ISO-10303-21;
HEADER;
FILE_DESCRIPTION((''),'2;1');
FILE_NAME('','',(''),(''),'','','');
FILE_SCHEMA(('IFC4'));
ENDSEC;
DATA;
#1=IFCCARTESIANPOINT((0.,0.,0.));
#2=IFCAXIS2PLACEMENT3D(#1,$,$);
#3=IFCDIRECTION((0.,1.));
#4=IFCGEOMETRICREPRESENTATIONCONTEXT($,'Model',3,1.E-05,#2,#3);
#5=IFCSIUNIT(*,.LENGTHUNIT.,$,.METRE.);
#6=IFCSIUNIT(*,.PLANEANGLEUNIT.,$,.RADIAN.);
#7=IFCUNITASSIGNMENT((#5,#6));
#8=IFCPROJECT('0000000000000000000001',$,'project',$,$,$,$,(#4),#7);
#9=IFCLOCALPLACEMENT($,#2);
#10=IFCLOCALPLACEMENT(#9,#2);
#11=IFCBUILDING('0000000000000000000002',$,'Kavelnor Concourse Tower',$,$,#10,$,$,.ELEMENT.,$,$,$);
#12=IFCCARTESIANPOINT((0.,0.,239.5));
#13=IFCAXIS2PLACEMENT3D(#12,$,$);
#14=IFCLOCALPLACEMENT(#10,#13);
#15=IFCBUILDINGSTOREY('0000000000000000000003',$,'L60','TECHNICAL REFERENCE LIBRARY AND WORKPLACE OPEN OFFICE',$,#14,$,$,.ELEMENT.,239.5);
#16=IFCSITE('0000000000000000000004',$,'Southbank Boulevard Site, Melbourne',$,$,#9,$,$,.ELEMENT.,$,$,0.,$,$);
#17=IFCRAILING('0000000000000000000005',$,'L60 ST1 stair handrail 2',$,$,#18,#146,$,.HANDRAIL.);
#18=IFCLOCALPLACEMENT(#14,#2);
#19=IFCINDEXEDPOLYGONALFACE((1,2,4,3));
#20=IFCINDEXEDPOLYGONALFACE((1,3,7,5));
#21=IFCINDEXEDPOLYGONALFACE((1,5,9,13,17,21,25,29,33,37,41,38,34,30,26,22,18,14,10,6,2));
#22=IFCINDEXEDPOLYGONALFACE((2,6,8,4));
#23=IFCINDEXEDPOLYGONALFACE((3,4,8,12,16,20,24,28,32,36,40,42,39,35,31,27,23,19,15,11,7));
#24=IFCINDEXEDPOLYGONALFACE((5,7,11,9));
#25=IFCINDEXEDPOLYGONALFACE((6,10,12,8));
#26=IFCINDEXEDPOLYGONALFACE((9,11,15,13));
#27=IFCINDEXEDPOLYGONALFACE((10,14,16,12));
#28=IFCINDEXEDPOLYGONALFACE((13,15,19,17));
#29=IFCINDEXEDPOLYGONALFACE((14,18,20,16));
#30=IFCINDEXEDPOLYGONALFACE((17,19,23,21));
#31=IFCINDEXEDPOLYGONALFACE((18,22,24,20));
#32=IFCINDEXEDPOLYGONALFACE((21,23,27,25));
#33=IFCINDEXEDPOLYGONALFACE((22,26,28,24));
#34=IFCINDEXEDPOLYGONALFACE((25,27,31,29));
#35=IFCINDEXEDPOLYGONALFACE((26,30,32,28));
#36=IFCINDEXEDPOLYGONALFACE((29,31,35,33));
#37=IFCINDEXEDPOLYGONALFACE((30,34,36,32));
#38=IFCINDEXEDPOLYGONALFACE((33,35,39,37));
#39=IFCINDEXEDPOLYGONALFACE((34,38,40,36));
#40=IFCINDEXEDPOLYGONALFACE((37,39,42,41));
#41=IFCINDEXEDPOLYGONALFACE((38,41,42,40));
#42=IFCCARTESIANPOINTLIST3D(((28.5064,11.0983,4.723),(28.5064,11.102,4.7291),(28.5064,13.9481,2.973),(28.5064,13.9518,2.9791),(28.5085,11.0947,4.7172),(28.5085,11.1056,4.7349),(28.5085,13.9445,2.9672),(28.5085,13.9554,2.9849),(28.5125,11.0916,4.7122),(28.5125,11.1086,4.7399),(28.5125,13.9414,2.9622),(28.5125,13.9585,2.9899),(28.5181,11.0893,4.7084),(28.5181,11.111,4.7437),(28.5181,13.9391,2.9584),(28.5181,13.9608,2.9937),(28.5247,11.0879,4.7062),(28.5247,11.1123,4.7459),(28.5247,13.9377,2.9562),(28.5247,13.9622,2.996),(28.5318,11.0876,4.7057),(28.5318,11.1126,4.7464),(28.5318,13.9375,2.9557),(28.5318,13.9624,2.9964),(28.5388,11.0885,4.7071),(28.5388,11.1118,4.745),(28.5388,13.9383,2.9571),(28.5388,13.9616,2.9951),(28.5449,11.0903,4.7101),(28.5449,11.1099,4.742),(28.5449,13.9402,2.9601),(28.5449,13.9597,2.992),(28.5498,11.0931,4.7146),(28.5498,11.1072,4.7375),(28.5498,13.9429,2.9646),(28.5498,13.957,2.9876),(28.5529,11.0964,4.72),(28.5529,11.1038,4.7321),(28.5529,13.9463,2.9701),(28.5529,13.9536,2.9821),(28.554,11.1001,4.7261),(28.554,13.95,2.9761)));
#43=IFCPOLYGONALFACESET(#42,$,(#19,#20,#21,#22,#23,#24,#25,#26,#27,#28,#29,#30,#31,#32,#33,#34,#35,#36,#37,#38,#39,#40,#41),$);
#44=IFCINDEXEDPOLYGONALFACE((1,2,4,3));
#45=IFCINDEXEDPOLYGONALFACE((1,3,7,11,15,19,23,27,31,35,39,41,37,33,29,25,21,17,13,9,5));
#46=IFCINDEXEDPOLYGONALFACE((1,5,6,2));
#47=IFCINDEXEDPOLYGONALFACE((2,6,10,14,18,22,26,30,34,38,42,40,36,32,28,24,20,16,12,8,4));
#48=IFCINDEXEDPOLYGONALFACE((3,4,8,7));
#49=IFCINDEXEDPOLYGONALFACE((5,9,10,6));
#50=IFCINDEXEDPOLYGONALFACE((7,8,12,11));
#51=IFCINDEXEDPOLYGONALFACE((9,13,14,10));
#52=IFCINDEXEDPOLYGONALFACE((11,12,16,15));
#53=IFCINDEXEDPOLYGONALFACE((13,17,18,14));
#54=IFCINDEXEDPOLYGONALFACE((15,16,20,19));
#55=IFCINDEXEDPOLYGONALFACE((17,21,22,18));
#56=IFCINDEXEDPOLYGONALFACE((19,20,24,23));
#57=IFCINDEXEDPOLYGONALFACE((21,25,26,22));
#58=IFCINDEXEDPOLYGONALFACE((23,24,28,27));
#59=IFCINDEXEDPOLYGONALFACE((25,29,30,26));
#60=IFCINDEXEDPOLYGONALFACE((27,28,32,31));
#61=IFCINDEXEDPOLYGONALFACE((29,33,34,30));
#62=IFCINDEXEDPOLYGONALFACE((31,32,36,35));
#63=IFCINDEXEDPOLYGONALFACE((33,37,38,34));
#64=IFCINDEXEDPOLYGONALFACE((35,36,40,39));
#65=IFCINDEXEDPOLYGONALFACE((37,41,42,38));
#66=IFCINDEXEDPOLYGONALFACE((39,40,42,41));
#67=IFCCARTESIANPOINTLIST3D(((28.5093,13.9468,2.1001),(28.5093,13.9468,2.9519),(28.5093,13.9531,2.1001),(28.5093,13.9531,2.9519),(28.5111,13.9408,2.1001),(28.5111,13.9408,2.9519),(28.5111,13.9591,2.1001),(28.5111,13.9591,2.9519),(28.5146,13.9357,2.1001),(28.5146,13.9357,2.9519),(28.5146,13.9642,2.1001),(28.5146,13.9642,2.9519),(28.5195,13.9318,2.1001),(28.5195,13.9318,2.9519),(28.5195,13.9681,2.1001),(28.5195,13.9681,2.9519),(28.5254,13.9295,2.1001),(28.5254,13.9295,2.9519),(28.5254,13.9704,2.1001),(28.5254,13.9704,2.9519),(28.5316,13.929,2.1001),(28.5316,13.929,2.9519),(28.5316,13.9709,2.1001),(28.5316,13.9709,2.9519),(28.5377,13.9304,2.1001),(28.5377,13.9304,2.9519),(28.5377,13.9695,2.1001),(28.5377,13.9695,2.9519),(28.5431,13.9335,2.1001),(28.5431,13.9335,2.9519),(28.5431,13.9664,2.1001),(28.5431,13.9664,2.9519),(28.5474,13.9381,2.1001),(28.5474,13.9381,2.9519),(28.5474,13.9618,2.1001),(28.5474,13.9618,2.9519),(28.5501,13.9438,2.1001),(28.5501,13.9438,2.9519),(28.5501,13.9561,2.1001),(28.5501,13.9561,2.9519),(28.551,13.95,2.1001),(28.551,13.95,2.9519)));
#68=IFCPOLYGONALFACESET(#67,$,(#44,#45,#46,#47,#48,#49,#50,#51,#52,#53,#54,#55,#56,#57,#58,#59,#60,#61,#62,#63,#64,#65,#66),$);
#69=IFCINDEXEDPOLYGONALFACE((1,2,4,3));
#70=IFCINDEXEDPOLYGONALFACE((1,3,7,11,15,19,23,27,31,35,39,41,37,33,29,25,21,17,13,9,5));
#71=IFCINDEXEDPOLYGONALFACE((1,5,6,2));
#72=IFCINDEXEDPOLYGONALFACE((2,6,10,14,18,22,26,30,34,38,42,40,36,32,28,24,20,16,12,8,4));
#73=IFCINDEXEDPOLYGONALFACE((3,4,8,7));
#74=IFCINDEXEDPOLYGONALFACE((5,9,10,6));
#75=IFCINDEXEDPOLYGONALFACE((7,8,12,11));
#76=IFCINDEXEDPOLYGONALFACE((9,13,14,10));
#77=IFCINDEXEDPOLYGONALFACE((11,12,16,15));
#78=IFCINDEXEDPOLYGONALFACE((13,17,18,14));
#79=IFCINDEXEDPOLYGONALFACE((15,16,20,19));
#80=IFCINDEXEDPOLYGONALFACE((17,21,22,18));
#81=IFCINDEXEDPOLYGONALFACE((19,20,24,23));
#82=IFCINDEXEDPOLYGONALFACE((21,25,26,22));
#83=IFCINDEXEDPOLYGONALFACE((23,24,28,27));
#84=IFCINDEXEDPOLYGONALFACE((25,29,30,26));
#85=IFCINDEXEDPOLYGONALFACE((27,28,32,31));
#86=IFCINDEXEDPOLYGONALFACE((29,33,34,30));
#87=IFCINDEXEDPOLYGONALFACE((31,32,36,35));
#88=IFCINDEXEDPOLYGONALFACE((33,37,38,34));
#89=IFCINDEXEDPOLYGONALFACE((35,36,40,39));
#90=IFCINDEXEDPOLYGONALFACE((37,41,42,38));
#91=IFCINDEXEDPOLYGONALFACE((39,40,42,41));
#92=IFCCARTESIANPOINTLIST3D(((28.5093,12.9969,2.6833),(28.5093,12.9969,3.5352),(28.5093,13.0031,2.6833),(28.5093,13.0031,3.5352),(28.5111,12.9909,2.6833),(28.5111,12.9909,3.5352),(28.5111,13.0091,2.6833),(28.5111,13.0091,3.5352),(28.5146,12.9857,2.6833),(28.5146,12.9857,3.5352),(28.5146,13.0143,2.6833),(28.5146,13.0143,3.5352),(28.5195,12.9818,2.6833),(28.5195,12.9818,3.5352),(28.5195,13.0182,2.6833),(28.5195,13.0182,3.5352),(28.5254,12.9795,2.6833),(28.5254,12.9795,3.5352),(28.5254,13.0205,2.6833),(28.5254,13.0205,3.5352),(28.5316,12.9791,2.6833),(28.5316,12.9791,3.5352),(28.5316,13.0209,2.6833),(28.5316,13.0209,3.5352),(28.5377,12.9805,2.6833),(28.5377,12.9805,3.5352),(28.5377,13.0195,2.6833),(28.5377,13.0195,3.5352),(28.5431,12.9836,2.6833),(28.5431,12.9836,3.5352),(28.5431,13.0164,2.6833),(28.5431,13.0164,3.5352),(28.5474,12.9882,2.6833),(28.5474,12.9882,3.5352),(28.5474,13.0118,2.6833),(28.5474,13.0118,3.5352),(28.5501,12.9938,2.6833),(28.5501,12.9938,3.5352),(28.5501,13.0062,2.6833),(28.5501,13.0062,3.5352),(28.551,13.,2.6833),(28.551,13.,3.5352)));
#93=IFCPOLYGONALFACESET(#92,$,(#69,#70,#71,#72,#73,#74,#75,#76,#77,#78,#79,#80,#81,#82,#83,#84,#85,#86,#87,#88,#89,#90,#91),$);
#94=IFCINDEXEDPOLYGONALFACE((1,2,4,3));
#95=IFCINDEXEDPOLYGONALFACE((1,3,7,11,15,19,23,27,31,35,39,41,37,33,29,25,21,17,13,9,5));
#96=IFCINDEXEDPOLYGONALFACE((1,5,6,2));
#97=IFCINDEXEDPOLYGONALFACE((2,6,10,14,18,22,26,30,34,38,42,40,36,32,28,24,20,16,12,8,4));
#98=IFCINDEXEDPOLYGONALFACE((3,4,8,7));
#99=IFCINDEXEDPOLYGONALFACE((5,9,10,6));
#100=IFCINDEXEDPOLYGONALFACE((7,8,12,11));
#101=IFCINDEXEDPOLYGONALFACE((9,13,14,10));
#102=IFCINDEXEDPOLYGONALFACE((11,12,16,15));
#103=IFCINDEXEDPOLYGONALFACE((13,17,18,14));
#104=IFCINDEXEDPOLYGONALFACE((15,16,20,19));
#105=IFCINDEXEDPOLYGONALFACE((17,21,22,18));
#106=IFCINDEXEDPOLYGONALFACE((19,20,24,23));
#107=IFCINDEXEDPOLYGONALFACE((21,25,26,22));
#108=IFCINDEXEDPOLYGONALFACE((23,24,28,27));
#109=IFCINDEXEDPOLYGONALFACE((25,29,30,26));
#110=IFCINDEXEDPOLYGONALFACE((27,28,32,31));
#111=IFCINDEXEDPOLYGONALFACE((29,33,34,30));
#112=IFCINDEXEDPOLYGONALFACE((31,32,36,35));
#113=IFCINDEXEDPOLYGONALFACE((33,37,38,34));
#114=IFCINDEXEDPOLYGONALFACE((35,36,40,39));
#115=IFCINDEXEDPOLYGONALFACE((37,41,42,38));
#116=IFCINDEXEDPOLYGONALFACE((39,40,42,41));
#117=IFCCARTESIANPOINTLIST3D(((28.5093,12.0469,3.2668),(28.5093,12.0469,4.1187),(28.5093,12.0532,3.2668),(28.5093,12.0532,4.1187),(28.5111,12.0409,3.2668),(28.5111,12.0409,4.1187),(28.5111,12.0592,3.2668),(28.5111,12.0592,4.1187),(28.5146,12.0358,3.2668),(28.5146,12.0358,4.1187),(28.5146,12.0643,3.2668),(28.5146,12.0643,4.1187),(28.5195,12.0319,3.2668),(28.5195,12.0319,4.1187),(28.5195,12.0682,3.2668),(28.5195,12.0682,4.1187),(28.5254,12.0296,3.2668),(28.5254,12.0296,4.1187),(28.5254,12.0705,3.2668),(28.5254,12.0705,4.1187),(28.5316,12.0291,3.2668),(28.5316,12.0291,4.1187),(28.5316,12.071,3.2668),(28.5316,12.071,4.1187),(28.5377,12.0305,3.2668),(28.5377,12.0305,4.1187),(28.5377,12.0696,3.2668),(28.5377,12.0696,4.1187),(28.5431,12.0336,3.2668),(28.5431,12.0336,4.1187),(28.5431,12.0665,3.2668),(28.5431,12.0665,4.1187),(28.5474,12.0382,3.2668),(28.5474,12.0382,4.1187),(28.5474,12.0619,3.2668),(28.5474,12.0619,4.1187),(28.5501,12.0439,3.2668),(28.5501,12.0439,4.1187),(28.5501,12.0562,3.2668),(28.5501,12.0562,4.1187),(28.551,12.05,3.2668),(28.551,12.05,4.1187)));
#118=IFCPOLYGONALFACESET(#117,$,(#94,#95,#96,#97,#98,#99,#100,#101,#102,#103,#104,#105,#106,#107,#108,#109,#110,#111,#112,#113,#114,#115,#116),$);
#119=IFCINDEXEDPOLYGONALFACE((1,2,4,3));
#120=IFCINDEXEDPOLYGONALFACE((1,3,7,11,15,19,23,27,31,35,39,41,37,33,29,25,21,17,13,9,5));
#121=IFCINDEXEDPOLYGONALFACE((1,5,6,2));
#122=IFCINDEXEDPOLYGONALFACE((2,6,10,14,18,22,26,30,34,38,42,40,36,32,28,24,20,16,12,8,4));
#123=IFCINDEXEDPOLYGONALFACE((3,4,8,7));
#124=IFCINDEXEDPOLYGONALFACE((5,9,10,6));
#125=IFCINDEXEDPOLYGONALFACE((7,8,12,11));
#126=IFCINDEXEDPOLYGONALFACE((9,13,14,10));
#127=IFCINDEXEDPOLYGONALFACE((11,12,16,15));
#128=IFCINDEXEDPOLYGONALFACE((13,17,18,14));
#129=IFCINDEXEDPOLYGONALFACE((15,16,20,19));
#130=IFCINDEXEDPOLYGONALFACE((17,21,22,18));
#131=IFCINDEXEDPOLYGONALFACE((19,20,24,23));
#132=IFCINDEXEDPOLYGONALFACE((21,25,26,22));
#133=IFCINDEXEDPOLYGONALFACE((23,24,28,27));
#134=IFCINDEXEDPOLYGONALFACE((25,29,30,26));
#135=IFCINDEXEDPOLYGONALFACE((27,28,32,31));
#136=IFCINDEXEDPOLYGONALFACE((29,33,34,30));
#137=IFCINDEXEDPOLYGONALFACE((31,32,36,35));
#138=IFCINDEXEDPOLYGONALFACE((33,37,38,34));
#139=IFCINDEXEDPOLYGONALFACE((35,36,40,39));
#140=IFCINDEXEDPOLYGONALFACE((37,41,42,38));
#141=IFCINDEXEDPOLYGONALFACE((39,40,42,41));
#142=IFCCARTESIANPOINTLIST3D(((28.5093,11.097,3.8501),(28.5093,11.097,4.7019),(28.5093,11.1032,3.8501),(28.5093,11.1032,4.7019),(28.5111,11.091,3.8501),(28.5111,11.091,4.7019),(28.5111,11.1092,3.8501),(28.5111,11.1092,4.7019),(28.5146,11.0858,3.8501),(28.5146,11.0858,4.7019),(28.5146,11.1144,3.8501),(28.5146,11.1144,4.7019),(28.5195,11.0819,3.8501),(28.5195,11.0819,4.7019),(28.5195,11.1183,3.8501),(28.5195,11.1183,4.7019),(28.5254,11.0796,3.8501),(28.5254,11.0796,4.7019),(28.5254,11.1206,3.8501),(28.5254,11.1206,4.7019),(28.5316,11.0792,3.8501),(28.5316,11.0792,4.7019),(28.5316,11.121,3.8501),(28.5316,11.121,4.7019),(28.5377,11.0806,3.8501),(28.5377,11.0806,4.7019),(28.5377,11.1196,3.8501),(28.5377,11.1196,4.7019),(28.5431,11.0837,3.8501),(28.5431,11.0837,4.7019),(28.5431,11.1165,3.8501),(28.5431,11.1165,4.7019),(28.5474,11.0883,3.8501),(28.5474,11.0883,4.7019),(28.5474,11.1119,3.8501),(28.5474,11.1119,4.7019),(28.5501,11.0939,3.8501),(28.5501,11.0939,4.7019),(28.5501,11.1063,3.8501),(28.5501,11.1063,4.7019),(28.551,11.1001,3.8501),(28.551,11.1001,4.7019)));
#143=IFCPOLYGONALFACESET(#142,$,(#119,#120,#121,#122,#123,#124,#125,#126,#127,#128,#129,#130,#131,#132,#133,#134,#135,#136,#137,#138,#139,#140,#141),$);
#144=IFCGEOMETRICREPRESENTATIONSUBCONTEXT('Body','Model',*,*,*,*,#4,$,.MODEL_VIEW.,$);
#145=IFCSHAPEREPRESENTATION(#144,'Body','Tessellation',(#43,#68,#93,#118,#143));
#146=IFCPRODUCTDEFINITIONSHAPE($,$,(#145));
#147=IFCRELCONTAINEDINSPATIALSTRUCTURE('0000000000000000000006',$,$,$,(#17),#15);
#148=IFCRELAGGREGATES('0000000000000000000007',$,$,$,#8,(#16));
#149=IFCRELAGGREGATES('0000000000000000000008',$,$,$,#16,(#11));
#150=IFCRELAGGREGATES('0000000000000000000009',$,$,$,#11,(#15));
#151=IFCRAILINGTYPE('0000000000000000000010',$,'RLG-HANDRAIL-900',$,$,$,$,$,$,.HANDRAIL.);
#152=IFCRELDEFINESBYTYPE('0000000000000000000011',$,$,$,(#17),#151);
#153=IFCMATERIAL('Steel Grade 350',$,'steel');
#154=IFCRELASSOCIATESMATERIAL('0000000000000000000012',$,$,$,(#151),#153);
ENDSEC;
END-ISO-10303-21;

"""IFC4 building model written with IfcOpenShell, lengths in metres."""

from ifc_helpers import new_model, si_unit, direction, frame, origin, origin_2d, place, context, subcontext, project, spatial, circle, extrude, material, type_object, element, save


model = new_model("IFC4")

# Units and contexts
model_context = context("Model", 3, precision=1e-05, world=origin(), true_north=direction((0.0, 1.0)))
body_context = subcontext(model_context, "Body", "Model", "MODEL_VIEW")
ifc_project = project(units=[si_unit("LENGTHUNIT", "METRE"), si_unit("PLANEANGLEUNIT", "RADIAN")], contexts=[model_context])

# Site, building, storey
site_placement = place(None, origin())
site = spatial("IfcSite", under=ifc_project, at=site_placement, Name="Southbank Boulevard Site, Melbourne", CompositionType="ELEMENT", RefElevation=0.0)
building_placement = place(site_placement, origin())
building = spatial("IfcBuilding", under=site, at=building_placement, Name="Kavelnor Concourse Tower", CompositionType="ELEMENT")
storey_placement = place(building_placement, frame((0.0, 0.0, 239.5)))
storey = spatial("IfcBuildingStorey", under=building, at=storey_placement, Name="L60", Description="TECHNICAL REFERENCE LIBRARY AND WORKPLACE OPEN OFFICE", CompositionType="ELEMENT", Elevation=239.5)

# Shared definitions
ifc_material_1 = material(Name="Steel Grade 350", Category="steel")

# Railing
railing_type_1 = type_object("IfcRailingType", Name="RLG-HANDRAIL-900", PredefinedType="HANDRAIL", material=ifc_material_1)
railing_1_placement = place(storey_placement, frame((28.53, 13.95, 2.1001)))
element("IfcRailing", 1, at=railing_1_placement, inside=storey, type_object=railing_type_1, Name="L60 ST1 stair handrail 2", PredefinedType="HANDRAIL", context=body_context, shape_type="SweptSolid", body=[
    extrude(circle(Radius=0.0239, at=origin_2d()), frame((0.0, 0.0, 0.876), z_axis=(0.0, -0.852159, 0.523283), x_axis=(1.0, 0.0, 0.0)), (0.0, 0.0, 1.0), 3.3442),
    extrude(circle(Radius=0.021, at=origin_2d()), origin(), (0.0, 0.0, 1.0), 0.8518),
    extrude(circle(Radius=0.021, at=origin_2d()), frame((0.0, -0.95, 0.5833)), (0.0, 0.0, 1.0), 0.8518),
    extrude(circle(Radius=0.021, at=origin_2d()), frame((0.0, -1.8999, 1.1667)), (0.0, 0.0, 1.0), 0.8518),
    extrude(circle(Radius=0.021, at=origin_2d()), frame((0.0, -2.8499, 1.75)), (0.0, 0.0, 1.0), 0.8518),
])

save(model, "model.ifc")
